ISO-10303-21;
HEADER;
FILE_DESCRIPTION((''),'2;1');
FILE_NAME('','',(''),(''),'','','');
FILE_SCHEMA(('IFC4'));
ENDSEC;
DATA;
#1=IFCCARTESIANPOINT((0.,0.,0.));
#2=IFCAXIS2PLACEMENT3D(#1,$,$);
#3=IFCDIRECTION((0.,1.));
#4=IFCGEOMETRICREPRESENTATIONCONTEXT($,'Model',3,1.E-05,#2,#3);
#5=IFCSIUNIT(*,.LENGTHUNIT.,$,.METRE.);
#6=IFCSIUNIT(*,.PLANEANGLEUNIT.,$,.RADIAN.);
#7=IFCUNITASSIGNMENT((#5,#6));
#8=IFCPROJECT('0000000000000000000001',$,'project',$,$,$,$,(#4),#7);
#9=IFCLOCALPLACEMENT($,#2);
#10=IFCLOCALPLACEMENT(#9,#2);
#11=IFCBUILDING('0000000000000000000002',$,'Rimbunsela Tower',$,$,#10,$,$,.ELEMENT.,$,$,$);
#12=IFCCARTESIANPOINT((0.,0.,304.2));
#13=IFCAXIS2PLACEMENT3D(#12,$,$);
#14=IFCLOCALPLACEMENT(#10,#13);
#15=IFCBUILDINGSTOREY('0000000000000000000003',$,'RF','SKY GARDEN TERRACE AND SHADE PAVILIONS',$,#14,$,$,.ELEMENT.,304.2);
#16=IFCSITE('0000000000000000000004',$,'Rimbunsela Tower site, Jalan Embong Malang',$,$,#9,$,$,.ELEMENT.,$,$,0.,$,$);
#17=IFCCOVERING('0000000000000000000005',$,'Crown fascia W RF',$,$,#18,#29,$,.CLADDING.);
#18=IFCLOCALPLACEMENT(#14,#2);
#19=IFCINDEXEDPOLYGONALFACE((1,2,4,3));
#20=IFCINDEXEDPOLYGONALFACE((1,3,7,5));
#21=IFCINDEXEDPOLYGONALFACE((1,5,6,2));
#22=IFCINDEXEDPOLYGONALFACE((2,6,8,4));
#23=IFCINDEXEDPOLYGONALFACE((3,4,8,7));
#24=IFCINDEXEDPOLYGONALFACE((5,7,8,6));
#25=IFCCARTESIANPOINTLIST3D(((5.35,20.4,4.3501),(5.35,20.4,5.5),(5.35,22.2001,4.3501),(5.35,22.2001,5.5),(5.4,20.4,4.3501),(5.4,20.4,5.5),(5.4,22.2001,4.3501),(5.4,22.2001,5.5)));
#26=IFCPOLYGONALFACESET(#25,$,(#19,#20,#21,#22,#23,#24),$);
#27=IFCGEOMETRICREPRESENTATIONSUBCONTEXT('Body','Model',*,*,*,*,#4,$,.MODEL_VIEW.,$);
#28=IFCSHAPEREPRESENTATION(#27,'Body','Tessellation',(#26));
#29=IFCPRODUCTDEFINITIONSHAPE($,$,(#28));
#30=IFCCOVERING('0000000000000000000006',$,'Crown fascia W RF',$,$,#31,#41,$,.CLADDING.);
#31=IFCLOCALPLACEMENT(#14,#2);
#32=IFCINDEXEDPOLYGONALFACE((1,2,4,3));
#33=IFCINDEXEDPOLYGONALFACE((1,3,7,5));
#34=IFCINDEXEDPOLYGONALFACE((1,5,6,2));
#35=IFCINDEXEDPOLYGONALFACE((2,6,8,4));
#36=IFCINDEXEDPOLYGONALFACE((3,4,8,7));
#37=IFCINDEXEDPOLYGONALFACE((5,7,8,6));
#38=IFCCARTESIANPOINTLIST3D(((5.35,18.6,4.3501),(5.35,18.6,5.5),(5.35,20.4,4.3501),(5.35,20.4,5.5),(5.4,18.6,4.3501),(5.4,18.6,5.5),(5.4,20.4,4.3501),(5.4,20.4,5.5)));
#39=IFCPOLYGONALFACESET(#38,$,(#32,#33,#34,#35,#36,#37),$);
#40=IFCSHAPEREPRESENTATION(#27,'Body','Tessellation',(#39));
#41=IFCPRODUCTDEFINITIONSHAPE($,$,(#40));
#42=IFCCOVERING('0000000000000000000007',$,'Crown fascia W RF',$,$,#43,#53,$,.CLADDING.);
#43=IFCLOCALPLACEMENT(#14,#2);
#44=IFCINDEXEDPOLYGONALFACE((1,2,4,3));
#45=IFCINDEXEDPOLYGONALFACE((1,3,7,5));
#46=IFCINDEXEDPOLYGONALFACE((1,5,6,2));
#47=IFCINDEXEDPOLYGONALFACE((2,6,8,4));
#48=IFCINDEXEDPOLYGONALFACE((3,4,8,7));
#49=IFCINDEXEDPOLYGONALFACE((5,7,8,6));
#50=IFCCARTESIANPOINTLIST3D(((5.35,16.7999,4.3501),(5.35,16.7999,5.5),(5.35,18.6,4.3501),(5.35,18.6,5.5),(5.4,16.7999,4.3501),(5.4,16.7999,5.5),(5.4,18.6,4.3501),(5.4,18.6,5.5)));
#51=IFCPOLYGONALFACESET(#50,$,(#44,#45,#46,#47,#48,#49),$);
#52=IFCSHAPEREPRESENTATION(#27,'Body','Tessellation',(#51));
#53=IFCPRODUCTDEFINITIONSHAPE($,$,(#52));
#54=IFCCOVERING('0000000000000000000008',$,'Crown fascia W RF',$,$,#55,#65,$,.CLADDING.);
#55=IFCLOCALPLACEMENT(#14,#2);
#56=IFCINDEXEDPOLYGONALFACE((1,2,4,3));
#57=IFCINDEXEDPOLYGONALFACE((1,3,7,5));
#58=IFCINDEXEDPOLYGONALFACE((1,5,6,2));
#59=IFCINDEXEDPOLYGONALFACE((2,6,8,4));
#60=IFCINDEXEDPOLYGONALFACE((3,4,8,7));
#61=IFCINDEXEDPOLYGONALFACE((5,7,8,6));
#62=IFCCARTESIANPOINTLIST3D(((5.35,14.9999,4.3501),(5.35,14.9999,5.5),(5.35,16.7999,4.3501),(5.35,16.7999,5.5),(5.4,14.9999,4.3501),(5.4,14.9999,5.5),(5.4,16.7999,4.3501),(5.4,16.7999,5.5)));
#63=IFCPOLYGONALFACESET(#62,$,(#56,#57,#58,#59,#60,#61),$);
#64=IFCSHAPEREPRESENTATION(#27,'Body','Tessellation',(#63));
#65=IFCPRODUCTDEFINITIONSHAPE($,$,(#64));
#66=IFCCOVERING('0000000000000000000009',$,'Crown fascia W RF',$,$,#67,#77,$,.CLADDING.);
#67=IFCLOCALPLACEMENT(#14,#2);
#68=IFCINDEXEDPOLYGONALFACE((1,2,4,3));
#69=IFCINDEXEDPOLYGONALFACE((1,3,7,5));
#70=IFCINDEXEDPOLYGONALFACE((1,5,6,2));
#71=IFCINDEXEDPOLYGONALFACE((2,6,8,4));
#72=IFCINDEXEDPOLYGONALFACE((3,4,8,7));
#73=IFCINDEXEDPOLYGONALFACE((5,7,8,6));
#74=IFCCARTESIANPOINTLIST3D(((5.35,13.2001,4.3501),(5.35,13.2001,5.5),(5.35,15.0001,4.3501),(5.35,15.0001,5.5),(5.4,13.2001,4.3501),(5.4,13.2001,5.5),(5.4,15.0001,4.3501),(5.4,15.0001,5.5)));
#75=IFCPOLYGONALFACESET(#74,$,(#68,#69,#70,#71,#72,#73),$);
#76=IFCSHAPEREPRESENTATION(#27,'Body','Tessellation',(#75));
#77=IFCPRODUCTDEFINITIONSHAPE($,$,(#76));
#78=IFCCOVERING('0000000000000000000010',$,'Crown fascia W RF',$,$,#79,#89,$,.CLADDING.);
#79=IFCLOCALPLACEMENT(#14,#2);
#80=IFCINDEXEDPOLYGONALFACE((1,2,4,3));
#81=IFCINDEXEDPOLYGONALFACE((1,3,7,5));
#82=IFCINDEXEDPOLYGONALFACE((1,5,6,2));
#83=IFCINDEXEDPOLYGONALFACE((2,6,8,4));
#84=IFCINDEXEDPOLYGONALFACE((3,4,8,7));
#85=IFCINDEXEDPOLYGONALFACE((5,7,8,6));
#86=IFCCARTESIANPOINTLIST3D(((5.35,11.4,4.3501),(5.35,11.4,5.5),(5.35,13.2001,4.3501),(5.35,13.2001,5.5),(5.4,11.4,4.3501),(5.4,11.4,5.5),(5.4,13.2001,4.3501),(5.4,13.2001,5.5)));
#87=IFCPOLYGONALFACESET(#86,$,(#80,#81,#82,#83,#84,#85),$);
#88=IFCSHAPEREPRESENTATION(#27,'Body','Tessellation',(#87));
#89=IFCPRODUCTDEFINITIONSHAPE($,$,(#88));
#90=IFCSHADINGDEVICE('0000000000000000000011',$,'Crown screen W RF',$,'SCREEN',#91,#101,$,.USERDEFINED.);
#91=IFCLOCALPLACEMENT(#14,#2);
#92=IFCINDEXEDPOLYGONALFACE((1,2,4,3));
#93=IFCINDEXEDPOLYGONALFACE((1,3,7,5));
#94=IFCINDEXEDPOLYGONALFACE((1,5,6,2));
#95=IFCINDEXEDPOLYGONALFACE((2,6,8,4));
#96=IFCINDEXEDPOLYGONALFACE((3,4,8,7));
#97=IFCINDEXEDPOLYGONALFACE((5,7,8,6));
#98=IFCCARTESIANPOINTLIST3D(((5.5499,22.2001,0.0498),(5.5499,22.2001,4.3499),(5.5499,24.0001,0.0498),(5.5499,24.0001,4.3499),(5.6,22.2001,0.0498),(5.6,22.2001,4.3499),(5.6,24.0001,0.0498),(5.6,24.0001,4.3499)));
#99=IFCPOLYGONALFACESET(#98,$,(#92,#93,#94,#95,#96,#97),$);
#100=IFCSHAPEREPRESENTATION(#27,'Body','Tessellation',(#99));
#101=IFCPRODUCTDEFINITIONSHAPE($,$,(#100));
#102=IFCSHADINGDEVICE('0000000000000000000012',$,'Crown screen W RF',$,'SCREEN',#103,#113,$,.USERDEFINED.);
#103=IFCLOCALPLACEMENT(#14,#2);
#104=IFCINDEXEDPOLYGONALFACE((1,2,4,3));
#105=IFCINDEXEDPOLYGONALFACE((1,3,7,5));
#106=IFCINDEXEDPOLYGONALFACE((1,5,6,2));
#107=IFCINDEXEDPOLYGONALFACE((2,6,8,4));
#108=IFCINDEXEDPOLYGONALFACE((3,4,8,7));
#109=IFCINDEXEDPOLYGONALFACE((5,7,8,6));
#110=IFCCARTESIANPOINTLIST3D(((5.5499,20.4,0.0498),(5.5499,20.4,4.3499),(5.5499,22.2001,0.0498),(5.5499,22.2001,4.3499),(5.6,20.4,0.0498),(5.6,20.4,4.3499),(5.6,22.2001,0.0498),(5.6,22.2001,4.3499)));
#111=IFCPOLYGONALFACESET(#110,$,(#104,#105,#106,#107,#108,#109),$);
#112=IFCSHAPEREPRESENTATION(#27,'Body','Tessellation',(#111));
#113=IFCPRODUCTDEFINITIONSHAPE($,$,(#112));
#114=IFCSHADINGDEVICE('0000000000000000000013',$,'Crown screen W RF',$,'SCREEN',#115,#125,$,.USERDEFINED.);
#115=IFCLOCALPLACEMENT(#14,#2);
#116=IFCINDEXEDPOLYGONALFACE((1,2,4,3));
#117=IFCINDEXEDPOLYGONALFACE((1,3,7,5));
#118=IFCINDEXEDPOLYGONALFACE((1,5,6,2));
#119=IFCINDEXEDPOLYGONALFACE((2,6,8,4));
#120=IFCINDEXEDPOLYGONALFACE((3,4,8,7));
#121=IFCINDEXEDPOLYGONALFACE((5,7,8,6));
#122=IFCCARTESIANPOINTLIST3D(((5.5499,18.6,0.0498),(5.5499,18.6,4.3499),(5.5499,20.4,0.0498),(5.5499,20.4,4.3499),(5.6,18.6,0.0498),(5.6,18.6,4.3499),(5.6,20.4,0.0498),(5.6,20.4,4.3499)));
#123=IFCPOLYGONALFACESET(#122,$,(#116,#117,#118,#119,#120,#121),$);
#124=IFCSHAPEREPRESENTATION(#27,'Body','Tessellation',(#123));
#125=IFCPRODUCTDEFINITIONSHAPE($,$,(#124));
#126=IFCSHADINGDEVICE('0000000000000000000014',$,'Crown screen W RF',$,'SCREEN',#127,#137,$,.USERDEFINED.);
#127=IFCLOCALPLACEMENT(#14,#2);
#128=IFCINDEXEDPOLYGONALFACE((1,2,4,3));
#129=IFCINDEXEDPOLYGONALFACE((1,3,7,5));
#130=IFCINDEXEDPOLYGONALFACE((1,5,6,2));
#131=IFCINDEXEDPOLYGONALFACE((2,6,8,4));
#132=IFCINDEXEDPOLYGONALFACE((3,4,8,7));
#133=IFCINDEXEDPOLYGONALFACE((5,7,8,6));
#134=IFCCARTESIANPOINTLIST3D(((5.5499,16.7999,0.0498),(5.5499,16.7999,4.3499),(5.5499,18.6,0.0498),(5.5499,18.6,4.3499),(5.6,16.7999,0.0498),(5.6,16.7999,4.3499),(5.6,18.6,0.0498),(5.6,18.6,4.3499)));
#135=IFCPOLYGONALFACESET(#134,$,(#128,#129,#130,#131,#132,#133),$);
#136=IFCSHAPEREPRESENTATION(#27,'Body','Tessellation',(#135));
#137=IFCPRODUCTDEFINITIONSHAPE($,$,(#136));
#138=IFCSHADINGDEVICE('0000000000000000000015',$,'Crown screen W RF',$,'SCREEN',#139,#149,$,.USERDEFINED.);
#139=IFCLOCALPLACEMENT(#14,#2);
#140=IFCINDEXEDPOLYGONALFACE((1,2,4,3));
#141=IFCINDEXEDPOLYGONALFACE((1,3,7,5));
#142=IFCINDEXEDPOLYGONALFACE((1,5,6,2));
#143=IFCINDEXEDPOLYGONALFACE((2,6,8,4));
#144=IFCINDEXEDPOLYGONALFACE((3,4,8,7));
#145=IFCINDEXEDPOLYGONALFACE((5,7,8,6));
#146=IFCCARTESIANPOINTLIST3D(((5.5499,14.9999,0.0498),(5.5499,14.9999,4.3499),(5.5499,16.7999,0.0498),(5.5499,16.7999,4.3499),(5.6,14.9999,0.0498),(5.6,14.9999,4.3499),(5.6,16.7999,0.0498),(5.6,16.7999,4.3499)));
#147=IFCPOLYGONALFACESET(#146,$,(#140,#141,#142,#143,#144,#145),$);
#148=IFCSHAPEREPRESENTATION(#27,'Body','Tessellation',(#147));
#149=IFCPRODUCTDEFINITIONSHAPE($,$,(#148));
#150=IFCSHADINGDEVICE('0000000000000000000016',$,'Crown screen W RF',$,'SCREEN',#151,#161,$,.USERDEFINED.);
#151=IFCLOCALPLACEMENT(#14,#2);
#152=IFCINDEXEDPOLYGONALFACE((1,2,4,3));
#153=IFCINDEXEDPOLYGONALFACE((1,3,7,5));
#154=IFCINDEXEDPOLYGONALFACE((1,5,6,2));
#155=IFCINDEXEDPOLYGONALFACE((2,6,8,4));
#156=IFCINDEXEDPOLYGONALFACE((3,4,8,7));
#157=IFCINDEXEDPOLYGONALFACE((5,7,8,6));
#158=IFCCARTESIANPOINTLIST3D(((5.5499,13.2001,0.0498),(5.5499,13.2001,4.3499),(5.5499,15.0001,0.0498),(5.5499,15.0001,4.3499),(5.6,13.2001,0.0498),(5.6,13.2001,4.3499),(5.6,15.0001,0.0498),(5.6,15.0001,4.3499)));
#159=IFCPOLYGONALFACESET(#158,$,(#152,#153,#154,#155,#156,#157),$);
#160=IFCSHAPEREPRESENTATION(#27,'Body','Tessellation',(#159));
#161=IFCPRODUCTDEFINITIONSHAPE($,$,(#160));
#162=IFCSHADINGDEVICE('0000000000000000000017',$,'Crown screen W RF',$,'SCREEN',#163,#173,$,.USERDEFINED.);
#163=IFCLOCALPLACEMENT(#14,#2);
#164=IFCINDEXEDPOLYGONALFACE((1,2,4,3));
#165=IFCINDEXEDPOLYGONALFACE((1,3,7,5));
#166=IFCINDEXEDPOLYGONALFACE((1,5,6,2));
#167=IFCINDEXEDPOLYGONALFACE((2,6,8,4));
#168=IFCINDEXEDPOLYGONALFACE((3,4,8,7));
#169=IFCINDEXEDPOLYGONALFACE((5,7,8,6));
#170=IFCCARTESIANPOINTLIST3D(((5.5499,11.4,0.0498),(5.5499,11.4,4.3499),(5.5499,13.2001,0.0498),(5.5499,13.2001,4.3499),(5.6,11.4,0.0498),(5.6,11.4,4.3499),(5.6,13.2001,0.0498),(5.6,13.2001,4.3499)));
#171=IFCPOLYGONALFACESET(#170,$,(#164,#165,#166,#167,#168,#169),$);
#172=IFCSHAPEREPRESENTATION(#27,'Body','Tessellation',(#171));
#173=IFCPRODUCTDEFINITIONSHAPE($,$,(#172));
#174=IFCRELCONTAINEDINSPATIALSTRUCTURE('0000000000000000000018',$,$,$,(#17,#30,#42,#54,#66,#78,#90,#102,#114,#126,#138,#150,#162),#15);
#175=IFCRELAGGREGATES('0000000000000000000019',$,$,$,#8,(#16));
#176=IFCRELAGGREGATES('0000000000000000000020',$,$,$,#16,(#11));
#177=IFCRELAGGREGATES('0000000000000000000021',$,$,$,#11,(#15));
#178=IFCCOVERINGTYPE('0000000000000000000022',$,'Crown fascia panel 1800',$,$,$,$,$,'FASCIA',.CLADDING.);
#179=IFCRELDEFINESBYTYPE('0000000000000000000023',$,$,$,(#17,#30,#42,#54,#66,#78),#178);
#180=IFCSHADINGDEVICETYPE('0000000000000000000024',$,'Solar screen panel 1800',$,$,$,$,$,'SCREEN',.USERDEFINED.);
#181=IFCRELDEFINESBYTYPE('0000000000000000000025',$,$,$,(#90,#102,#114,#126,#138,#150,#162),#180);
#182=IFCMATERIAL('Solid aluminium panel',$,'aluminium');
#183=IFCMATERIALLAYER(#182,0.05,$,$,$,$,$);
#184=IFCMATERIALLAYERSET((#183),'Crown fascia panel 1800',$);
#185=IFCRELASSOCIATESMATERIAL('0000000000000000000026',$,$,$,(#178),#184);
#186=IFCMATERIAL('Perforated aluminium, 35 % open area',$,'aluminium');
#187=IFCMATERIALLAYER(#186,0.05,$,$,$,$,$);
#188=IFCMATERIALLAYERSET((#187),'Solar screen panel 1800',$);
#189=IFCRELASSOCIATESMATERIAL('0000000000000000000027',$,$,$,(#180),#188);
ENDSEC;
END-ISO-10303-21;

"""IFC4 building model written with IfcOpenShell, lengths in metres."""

from ifc_helpers import new_model, si_unit, direction, frame, origin, origin_2d, place, context, subcontext, project, spatial, rectangle, extrude, material, layer, layer_set, type_object, element, save


model = new_model("IFC4")

# Units and contexts
model_context = context("Model", 3, precision=1e-05, world=origin(), true_north=direction((0.0, 1.0)))
body_context = subcontext(model_context, "Body", "Model", "MODEL_VIEW")
ifc_project = project(units=[si_unit("LENGTHUNIT", "METRE"), si_unit("PLANEANGLEUNIT", "RADIAN")], contexts=[model_context])

# Site, building, storey
site_placement = place(None, origin())
site = spatial("IfcSite", under=ifc_project, at=site_placement, Name="Rimbunsela Tower site, Jalan Embong Malang", CompositionType="ELEMENT", RefElevation=0.0)
building_placement = place(site_placement, origin())
building = spatial("IfcBuilding", under=site, at=building_placement, Name="Rimbunsela Tower", CompositionType="ELEMENT")
storey_placement = place(building_placement, frame((0.0, 0.0, 304.2)))
storey = spatial("IfcBuildingStorey", under=building, at=storey_placement, Name="RF", Description="SKY GARDEN TERRACE AND SHADE PAVILIONS", CompositionType="ELEMENT", Elevation=304.2)

# Coverings
ifc_material_1 = material(Name="Solid aluminium panel", Category="aluminium")
ifc_layer_1 = layer(ifc_material_1, 0.05)
ifc_layer_set_1 = layer_set([ifc_layer_1], Name="Crown fascia panel 1800")
covering_type = type_object("IfcCoveringType", Name="Crown fascia panel 1800", ElementType="FASCIA", PredefinedType="CLADDING", material=ifc_layer_set_1)
for number, where, z_axis, x_axis, name in (
    (1, (5.375, 21.3, 4.3501), (0.0, 0.0, 1.0), (0.0, 1.0, 0.0), "Crown fascia W RF"),
    (2, (5.375, 19.5, 4.3501), (0.0, 0.0, 1.0), (0.0, 1.0, 0.0), "Crown fascia W RF"),
    (3, (5.375, 17.7, 4.3501), (0.0, 0.0, 1.0), (0.0, 1.0, 0.0), "Crown fascia W RF"),
    (4, (5.375, 15.8999, 4.3501), (0.0, 0.0, 1.0), (0.0, 1.0, 0.0), "Crown fascia W RF"),
    (5, (5.375, 14.1001, 4.3501), (0.0, 0.0, 1.0), (0.0, 1.0, 0.0), "Crown fascia W RF"),
    (6, (5.375, 12.3, 4.3501), (0.0, 0.0, 1.0), (0.0, 1.0, 0.0), "Crown fascia W RF"),
):
    element("IfcCovering", number, at=place(storey_placement, frame(where, z_axis=z_axis, x_axis=x_axis)), inside=storey, type_object=covering_type, Name=name, PredefinedType="CLADDING", context=body_context, shape_type="SweptSolid", body=[
        extrude(rectangle(XDim=1.8, YDim=0.05, at=origin_2d()), origin(), (0.0, 0.0, 1.0), 1.1499),
    ])

# Shading devices
ifc_material_2 = material(Name="Perforated aluminium, 35 % open area", Category="aluminium")
ifc_layer_2 = layer(ifc_material_2, 0.05)
ifc_layer_set_2 = layer_set([ifc_layer_2], Name="Solar screen panel 1800")
shading_device_type = type_object("IfcShadingDeviceType", Name="Solar screen panel 1800", ElementType="SCREEN", PredefinedType="USERDEFINED", material=ifc_layer_set_2)
for number, where, z_axis, x_axis, name in (
    (7, (5.575, 23.1001, 0.0498), (0.0, 0.0, 1.0), (0.0, 1.0, 0.0), "Crown screen W RF"),
    (8, (5.575, 21.3, 0.0498), (0.0, 0.0, 1.0), (0.0, 1.0, 0.0), "Crown screen W RF"),
    (9, (5.575, 19.5, 0.0498), (0.0, 0.0, 1.0), (0.0, 1.0, 0.0), "Crown screen W RF"),
    (10, (5.575, 17.7, 0.0498), (0.0, 0.0, 1.0), (0.0, 1.0, 0.0), "Crown screen W RF"),
    (11, (5.575, 15.8999, 0.0498), (0.0, 0.0, 1.0), (0.0, 1.0, 0.0), "Crown screen W RF"),
    (12, (5.575, 14.1001, 0.0498), (0.0, 0.0, 1.0), (0.0, 1.0, 0.0), "Crown screen W RF"),
    (13, (5.575, 12.3, 0.0498), (0.0, 0.0, 1.0), (0.0, 1.0, 0.0), "Crown screen W RF"),
):
    element("IfcShadingDevice", number, at=place(storey_placement, frame(where, z_axis=z_axis, x_axis=x_axis)), inside=storey, type_object=shading_device_type, Name=name, ObjectType="SCREEN", PredefinedType="USERDEFINED", context=body_context, shape_type="SweptSolid", body=[
        extrude(rectangle(XDim=1.8, YDim=0.05, at=origin_2d()), origin(), (0.0, 0.0, 1.0), 4.3),
    ])

save(model, "model.ifc")
